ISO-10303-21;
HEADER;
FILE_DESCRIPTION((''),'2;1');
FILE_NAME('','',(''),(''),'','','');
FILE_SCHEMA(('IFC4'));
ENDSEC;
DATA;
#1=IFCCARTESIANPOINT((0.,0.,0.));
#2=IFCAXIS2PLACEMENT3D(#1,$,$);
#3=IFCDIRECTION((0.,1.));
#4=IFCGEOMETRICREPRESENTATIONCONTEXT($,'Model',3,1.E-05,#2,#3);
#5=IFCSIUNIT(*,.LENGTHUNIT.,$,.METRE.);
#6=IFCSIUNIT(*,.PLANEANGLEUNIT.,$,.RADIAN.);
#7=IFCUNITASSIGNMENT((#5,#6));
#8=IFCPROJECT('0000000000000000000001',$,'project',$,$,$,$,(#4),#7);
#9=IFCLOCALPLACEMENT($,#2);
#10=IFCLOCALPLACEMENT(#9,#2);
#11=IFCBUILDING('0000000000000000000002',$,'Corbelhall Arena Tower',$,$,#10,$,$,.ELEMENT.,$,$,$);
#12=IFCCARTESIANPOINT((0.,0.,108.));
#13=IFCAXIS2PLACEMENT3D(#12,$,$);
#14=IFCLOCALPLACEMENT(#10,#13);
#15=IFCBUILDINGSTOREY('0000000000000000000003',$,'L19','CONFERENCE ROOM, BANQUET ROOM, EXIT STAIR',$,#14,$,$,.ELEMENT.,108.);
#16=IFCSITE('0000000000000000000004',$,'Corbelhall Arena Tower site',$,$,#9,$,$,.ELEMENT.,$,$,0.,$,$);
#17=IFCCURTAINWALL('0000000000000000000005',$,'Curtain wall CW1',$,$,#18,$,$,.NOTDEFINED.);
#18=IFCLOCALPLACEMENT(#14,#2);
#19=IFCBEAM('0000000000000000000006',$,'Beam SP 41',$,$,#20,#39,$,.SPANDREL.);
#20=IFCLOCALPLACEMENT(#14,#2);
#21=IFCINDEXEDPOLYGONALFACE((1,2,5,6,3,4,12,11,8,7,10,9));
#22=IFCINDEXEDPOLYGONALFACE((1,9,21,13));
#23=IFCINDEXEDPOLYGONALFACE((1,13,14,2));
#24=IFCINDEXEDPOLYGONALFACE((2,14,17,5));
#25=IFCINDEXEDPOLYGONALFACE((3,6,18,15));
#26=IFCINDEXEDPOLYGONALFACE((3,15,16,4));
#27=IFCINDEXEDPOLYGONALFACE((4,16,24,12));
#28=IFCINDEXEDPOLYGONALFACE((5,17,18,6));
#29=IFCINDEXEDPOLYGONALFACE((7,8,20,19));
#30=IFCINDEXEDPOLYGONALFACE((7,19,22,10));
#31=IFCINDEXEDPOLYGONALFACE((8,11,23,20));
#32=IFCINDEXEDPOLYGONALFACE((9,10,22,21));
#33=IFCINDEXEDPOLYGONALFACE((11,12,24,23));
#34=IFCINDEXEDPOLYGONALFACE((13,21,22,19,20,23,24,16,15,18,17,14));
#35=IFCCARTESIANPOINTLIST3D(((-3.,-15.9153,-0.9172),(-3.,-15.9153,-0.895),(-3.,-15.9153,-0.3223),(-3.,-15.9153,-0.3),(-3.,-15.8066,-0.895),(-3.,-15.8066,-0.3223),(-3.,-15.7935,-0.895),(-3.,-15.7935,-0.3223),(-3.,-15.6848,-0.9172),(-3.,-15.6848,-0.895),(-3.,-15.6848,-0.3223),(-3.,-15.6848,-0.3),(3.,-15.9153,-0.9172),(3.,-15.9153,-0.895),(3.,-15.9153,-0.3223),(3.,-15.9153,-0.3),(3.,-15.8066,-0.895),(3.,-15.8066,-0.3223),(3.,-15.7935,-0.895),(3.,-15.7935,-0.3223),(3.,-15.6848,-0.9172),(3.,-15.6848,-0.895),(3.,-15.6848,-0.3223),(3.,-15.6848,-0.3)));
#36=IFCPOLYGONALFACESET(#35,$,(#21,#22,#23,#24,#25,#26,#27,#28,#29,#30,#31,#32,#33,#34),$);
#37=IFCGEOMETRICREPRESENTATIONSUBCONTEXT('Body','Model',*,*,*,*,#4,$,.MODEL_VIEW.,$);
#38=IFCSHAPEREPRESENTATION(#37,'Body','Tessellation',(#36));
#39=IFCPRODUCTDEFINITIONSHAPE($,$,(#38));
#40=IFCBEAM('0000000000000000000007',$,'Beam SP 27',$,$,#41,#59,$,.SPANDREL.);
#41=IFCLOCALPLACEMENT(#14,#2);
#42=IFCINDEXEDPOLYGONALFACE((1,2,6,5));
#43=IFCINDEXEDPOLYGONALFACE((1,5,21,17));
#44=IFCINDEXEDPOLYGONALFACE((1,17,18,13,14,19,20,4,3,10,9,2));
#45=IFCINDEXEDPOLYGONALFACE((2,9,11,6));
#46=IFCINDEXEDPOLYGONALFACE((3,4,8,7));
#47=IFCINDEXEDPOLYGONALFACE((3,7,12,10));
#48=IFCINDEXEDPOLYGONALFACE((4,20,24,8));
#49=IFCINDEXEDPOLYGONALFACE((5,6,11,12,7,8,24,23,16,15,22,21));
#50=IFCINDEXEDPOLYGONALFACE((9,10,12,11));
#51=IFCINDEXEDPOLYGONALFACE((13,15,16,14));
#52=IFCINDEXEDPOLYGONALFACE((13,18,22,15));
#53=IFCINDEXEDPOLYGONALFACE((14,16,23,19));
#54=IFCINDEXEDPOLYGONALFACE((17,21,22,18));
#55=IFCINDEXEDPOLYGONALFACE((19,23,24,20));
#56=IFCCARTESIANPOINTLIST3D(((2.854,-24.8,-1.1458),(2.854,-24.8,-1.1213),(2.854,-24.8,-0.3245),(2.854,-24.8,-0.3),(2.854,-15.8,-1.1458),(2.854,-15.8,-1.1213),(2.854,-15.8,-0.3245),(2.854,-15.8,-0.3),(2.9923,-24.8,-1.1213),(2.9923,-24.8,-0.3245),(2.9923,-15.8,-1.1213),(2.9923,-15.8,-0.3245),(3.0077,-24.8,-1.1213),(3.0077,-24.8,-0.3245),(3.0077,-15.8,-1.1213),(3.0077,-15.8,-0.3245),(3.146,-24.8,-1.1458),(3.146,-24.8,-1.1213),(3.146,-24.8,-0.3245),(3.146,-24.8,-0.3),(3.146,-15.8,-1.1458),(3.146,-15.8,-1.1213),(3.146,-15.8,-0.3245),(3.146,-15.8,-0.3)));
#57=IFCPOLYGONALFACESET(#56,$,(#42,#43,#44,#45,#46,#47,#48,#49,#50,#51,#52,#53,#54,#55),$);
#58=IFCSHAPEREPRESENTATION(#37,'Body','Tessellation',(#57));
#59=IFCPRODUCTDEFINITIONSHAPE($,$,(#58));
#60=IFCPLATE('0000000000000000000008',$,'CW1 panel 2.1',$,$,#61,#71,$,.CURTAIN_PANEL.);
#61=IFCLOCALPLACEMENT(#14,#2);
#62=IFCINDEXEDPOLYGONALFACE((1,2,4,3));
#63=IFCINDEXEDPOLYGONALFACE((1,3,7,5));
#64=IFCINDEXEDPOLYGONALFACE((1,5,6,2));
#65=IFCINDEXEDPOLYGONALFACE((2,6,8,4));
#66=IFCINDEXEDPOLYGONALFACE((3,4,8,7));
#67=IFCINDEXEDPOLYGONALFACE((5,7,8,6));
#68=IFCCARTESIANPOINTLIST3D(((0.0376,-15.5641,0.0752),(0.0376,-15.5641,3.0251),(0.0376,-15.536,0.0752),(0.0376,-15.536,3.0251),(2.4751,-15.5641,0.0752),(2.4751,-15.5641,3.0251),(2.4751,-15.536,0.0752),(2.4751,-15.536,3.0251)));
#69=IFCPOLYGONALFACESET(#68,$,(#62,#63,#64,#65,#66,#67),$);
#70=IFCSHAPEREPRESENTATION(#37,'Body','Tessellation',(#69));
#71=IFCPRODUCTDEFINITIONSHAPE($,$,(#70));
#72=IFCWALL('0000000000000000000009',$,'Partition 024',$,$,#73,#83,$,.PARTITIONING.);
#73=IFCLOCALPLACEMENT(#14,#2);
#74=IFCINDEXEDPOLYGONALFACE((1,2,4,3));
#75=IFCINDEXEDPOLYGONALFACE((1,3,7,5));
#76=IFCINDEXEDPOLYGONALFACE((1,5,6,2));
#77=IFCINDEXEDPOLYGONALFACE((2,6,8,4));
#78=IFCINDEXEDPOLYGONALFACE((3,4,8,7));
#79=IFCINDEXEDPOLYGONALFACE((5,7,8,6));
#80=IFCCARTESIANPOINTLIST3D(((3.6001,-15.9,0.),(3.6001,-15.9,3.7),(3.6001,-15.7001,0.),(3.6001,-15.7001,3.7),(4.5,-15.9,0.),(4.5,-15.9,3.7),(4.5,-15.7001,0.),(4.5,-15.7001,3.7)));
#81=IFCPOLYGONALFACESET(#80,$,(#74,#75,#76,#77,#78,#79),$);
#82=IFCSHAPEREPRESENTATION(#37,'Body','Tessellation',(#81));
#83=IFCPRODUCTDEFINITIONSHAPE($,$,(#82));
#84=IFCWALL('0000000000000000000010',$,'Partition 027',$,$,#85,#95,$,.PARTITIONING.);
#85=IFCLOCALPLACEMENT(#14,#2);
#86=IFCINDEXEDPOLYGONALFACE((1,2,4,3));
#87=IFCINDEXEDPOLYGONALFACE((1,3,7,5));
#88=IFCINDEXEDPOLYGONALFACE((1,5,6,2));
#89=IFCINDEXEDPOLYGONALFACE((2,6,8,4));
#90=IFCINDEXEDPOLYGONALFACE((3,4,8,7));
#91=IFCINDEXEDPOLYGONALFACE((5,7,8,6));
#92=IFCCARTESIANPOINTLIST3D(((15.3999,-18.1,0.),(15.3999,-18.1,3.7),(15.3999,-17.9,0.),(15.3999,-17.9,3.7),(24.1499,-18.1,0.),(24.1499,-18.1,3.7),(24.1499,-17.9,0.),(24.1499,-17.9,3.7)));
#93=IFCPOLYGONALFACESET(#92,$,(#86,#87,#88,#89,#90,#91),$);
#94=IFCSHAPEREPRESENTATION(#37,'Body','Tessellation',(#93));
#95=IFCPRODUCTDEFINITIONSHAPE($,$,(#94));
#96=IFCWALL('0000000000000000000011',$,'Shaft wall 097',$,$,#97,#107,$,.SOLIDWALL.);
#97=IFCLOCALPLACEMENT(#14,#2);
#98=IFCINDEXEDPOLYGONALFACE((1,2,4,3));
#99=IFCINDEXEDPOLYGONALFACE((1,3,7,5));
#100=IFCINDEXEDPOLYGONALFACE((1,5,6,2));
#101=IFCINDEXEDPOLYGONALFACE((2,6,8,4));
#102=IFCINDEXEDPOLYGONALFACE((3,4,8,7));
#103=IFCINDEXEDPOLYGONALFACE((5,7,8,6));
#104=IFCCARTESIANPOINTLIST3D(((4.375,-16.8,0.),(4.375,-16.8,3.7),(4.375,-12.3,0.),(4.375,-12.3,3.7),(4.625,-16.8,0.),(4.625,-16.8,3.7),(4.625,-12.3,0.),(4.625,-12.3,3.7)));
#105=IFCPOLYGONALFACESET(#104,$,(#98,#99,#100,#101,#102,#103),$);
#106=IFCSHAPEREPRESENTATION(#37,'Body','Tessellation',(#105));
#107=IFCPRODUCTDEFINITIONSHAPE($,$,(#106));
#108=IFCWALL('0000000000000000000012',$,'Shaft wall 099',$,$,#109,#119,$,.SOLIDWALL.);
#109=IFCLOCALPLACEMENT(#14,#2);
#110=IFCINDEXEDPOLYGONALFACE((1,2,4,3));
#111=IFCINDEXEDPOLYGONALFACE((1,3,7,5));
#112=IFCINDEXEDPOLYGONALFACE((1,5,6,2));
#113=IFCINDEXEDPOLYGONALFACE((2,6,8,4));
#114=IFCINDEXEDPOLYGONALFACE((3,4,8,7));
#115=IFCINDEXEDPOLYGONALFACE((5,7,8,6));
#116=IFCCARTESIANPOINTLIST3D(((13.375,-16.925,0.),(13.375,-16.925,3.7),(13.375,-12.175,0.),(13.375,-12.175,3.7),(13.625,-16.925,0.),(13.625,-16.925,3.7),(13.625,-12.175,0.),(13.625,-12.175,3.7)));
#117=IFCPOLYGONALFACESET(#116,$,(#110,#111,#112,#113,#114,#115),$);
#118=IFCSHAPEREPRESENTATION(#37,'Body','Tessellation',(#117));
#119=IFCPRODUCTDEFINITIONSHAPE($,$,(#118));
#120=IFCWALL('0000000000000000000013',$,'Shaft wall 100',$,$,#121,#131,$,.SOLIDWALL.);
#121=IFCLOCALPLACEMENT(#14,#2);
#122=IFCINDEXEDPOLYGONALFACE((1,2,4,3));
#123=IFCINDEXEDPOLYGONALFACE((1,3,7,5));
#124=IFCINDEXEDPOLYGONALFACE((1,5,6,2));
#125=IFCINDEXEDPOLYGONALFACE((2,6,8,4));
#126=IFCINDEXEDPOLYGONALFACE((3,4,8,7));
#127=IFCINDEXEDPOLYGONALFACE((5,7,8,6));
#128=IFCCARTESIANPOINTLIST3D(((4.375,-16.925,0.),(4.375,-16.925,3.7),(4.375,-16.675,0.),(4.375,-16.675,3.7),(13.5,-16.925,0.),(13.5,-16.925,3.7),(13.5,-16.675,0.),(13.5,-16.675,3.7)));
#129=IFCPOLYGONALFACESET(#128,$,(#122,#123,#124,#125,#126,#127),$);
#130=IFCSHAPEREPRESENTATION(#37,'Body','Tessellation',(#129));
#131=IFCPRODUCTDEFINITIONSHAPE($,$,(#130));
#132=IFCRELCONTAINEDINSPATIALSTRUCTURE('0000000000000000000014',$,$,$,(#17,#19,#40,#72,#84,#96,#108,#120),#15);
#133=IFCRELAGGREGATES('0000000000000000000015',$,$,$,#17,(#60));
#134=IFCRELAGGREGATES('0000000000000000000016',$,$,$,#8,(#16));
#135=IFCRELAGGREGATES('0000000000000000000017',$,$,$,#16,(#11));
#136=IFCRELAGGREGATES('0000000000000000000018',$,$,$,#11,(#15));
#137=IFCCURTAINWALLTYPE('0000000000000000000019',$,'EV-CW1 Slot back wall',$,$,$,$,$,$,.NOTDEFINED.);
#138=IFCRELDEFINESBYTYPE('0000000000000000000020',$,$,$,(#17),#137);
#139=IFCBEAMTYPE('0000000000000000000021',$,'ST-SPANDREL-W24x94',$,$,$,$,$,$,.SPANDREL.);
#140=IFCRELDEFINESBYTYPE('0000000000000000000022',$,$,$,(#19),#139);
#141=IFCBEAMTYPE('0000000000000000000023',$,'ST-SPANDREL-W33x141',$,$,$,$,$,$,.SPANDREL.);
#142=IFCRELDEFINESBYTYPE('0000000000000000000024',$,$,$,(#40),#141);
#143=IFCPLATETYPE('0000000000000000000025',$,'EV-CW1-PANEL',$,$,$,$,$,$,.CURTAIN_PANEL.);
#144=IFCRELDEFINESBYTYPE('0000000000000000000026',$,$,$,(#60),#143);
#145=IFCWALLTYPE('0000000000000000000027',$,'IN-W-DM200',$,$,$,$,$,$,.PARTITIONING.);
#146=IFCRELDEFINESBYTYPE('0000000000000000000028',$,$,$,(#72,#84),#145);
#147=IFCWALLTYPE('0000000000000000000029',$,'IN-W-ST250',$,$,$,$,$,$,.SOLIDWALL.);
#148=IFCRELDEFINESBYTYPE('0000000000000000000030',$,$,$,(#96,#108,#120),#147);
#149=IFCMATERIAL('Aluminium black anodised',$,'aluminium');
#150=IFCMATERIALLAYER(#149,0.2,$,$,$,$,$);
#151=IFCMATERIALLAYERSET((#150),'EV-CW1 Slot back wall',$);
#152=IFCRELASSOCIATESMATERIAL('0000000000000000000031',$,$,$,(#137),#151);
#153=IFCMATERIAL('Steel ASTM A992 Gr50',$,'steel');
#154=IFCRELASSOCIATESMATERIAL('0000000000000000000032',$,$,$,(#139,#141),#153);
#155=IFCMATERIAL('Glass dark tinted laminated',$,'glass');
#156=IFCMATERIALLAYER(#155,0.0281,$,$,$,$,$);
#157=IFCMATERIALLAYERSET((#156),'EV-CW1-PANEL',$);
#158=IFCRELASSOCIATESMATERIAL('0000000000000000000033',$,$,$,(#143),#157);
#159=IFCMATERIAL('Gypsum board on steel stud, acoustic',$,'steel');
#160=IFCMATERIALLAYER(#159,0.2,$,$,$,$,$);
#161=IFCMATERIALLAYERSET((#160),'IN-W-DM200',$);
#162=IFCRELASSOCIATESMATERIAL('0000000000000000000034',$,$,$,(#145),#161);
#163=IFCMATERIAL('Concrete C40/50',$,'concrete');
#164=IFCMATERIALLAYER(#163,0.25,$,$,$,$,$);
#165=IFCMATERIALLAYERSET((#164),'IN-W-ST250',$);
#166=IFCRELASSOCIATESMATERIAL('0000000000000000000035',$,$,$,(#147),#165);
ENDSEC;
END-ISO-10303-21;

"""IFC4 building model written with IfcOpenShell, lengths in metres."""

from ifc_helpers import new_model, si_unit, direction, frame, frame_2d, origin, origin_2d, place, context, subcontext, project, spatial, rectangle, i_section, extrude, material, layer, layer_set, material_profile, profile_set, type_object, element, aggregate, save


model = new_model("IFC4")

# Units and contexts
model_context = context("Model", 3, precision=1e-05, world=origin(), true_north=direction((0.0, 1.0)))
body_context = subcontext(model_context, "Body", "Model", "MODEL_VIEW")
ifc_project = project(units=[si_unit("LENGTHUNIT", "METRE"), si_unit("PLANEANGLEUNIT", "RADIAN")], contexts=[model_context])

# Site, building, storey
site_placement = place(None, origin())
site = spatial("IfcSite", under=ifc_project, at=site_placement, Name="Corbelhall Arena Tower site", CompositionType="ELEMENT", RefElevation=0.0)
building_placement = place(site_placement, origin())
building = spatial("IfcBuilding", under=site, at=building_placement, Name="Corbelhall Arena Tower", CompositionType="ELEMENT")
storey_placement = place(building_placement, frame((0.0, 0.0, 108.0)))
storey = spatial("IfcBuildingStorey", under=building, at=storey_placement, Name="L19", Description="CONFERENCE ROOM, BANQUET ROOM, EXIT STAIR", CompositionType="ELEMENT", Elevation=108.0)

# Curtain wall
ifc_material_1 = material(Name="Aluminium black anodised", Category="aluminium")
ifc_layer_1 = layer(ifc_material_1, 0.2)
ifc_layer_set_1 = layer_set([ifc_layer_1], Name="EV-CW1 Slot back wall")
curtain_wall_type = type_object("IfcCurtainWallType", Name="EV-CW1 Slot back wall", PredefinedType="NOTDEFINED", material=ifc_layer_set_1)
curtain_wall_placement = place(storey_placement, origin())
curtain_wall = element("IfcCurtainWall", 1, at=curtain_wall_placement, inside=storey, type_object=curtain_wall_type, Name="Curtain wall CW1", PredefinedType="NOTDEFINED")

# Beams
ifc_material_2 = material(Name="Steel ASTM A992 Gr50", Category="steel")
ifc_material_profile_1 = material_profile(ifc_material_2, i_section(OverallWidth=0.2305, OverallDepth=0.6172, WebThickness=0.0132, FlangeThickness=0.0222, at=origin_2d()))
ifc_profile_set_1 = profile_set([ifc_material_profile_1], Name="Steel ASTM A992 Gr50")
beam_type_1 = type_object("IfcBeamType", Name="ST-SPANDREL-W24x94", PredefinedType="SPANDREL", material=ifc_profile_set_1)
beam_1_placement = place(storey_placement, frame((3.0, -15.8, -0.6086), z_axis=(-1.0, 0.0, 0.0), x_axis=(0.0, -1.0, 0.0)))
element("IfcBeam", 2, at=beam_1_placement, inside=storey, type_object=beam_type_1, Name="Beam SP 41", PredefinedType="SPANDREL", context=body_context, shape_type="SweptSolid", body=[
    extrude(i_section(OverallWidth=0.2305, OverallDepth=0.6172, WebThickness=0.0132, FlangeThickness=0.0222, at=origin_2d()), origin(), (0.0, 0.0, 1.0), 6.0),
])
ifc_material_profile_2 = material_profile(ifc_material_2, i_section(OverallWidth=0.292, OverallDepth=0.8457, WebThickness=0.0154, FlangeThickness=0.0244, at=origin_2d()))
ifc_profile_set_2 = profile_set([ifc_material_profile_2], Name="Steel ASTM A992 Gr50")
beam_type_2 = type_object("IfcBeamType", Name="ST-SPANDREL-W33x141", PredefinedType="SPANDREL", material=ifc_profile_set_2)
beam_2_placement = place(storey_placement, frame((3.0, -24.8, -0.7229), z_axis=(0.0, 1.0, 0.0), x_axis=(-1.0, 0.0, 0.0)))
element("IfcBeam", 3, at=beam_2_placement, inside=storey, type_object=beam_type_2, Name="Beam SP 27", PredefinedType="SPANDREL", context=body_context, shape_type="SweptSolid", body=[
    extrude(i_section(OverallWidth=0.292, OverallDepth=0.8457, WebThickness=0.0154, FlangeThickness=0.0244, at=origin_2d()), origin(), (0.0, 0.0, 1.0), 9.0),
])

# Plate
ifc_material_3 = material(Name="Glass dark tinted laminated", Category="glass")
ifc_layer_2 = layer(ifc_material_3, 0.0281)
ifc_layer_set_2 = layer_set([ifc_layer_2], Name="EV-CW1-PANEL")
plate_type = type_object("IfcPlateType", Name="EV-CW1-PANEL", PredefinedType="CURTAIN_PANEL", material=ifc_layer_set_2)
plate_placement = place(storey_placement, frame((1.2563, -15.55, 0.0752), z_axis=(0.0, 0.0, 1.0), x_axis=(1.0, 0.0, 0.0)))
plate = element("IfcPlate", 4, at=plate_placement, type_object=plate_type, Name="CW1 panel 2.1", PredefinedType="CURTAIN_PANEL", context=body_context, shape_type="SweptSolid", body=[
    extrude(rectangle(XDim=2.4375, YDim=0.0281, at=origin_2d()), origin(), (0.0, 0.0, 1.0), 2.95),
])
aggregate(curtain_wall, [plate])

# Wall
ifc_material_4 = material(Name="Gypsum board on steel stud, acoustic", Category="steel")
ifc_layer_3 = layer(ifc_material_4, 0.2)
ifc_layer_set_3 = layer_set([ifc_layer_3], Name="IN-W-DM200")
wall_type_1 = type_object("IfcWallType", Name="IN-W-DM200", PredefinedType="PARTITIONING", material=ifc_layer_set_3)
wall_1_placement = place(storey_placement, frame((4.5, -15.8, 0.0), z_axis=(0.0, 0.0, 1.0), x_axis=(-1.0, 0.0, 0.0)))
element("IfcWall", 5, at=wall_1_placement, inside=storey, type_object=wall_type_1, Name="Partition 024", PredefinedType="PARTITIONING", context=body_context, shape_type="SweptSolid", body=[
    extrude(rectangle(XDim=0.8999, YDim=0.2, at=frame_2d((0.45, 0.0))), origin(), (0.0, 0.0, 1.0), 3.7),
])

# Walls
wall_2_placement = place(storey_placement, frame((15.3999, -18.0, 0.0), z_axis=(0.0, 0.0, 1.0), x_axis=(1.0, 0.0, 0.0)))
element("IfcWall", 6, at=wall_2_placement, inside=storey, type_object=wall_type_1, Name="Partition 027", PredefinedType="PARTITIONING", context=body_context, shape_type="SweptSolid", body=[
    extrude(rectangle(XDim=8.75, YDim=0.2, at=frame_2d((4.375, 0.0))), origin(), (0.0, 0.0, 1.0), 3.7),
])
ifc_material_5 = material(Name="Concrete C40/50", Category="concrete")
ifc_layer_4 = layer(ifc_material_5, 0.25)
ifc_layer_set_4 = layer_set([ifc_layer_4], Name="IN-W-ST250")
wall_type_2 = type_object("IfcWallType", Name="IN-W-ST250", PredefinedType="SOLIDWALL", material=ifc_layer_set_4)
wall_3_placement = place(storey_placement, frame((4.5, -16.8, 0.0), z_axis=(0.0, 0.0, 1.0), x_axis=(0.0, 1.0, 0.0)))
element("IfcWall", 7, at=wall_3_placement, inside=storey, type_object=wall_type_2, Name="Shaft wall 097", PredefinedType="SOLIDWALL", context=body_context, shape_type="SweptSolid", body=[
    extrude(rectangle(XDim=4.5, YDim=0.25, at=frame_2d((2.25, 0.0))), origin(), (0.0, 0.0, 1.0), 3.7),
])
wall_4_placement = place(storey_placement, frame((13.5, -16.925, 0.0), z_axis=(0.0, 0.0, 1.0), x_axis=(0.0, 1.0, 0.0)))
element("IfcWall", 8, at=wall_4_placement, inside=storey, type_object=wall_type_2, Name="Shaft wall 099", PredefinedType="SOLIDWALL", context=body_context, shape_type="SweptSolid", body=[
    extrude(rectangle(XDim=4.75, YDim=0.25, at=frame_2d((2.375, 0.0))), origin(), (0.0, 0.0, 1.0), 3.7),
])
wall_5_placement = place(storey_placement, frame((13.5, -16.8, 0.0), z_axis=(0.0, 0.0, 1.0), x_axis=(-1.0, 0.0, 0.0)))
element("IfcWall", 9, at=wall_5_placement, inside=storey, type_object=wall_type_2, Name="Shaft wall 100", PredefinedType="SOLIDWALL", context=body_context, shape_type="SweptSolid", body=[
    extrude(rectangle(XDim=9.125, YDim=0.25, at=frame_2d((4.5625, 0.0))), origin(), (0.0, 0.0, 1.0), 3.7),
])

save(model, "model.ifc")
